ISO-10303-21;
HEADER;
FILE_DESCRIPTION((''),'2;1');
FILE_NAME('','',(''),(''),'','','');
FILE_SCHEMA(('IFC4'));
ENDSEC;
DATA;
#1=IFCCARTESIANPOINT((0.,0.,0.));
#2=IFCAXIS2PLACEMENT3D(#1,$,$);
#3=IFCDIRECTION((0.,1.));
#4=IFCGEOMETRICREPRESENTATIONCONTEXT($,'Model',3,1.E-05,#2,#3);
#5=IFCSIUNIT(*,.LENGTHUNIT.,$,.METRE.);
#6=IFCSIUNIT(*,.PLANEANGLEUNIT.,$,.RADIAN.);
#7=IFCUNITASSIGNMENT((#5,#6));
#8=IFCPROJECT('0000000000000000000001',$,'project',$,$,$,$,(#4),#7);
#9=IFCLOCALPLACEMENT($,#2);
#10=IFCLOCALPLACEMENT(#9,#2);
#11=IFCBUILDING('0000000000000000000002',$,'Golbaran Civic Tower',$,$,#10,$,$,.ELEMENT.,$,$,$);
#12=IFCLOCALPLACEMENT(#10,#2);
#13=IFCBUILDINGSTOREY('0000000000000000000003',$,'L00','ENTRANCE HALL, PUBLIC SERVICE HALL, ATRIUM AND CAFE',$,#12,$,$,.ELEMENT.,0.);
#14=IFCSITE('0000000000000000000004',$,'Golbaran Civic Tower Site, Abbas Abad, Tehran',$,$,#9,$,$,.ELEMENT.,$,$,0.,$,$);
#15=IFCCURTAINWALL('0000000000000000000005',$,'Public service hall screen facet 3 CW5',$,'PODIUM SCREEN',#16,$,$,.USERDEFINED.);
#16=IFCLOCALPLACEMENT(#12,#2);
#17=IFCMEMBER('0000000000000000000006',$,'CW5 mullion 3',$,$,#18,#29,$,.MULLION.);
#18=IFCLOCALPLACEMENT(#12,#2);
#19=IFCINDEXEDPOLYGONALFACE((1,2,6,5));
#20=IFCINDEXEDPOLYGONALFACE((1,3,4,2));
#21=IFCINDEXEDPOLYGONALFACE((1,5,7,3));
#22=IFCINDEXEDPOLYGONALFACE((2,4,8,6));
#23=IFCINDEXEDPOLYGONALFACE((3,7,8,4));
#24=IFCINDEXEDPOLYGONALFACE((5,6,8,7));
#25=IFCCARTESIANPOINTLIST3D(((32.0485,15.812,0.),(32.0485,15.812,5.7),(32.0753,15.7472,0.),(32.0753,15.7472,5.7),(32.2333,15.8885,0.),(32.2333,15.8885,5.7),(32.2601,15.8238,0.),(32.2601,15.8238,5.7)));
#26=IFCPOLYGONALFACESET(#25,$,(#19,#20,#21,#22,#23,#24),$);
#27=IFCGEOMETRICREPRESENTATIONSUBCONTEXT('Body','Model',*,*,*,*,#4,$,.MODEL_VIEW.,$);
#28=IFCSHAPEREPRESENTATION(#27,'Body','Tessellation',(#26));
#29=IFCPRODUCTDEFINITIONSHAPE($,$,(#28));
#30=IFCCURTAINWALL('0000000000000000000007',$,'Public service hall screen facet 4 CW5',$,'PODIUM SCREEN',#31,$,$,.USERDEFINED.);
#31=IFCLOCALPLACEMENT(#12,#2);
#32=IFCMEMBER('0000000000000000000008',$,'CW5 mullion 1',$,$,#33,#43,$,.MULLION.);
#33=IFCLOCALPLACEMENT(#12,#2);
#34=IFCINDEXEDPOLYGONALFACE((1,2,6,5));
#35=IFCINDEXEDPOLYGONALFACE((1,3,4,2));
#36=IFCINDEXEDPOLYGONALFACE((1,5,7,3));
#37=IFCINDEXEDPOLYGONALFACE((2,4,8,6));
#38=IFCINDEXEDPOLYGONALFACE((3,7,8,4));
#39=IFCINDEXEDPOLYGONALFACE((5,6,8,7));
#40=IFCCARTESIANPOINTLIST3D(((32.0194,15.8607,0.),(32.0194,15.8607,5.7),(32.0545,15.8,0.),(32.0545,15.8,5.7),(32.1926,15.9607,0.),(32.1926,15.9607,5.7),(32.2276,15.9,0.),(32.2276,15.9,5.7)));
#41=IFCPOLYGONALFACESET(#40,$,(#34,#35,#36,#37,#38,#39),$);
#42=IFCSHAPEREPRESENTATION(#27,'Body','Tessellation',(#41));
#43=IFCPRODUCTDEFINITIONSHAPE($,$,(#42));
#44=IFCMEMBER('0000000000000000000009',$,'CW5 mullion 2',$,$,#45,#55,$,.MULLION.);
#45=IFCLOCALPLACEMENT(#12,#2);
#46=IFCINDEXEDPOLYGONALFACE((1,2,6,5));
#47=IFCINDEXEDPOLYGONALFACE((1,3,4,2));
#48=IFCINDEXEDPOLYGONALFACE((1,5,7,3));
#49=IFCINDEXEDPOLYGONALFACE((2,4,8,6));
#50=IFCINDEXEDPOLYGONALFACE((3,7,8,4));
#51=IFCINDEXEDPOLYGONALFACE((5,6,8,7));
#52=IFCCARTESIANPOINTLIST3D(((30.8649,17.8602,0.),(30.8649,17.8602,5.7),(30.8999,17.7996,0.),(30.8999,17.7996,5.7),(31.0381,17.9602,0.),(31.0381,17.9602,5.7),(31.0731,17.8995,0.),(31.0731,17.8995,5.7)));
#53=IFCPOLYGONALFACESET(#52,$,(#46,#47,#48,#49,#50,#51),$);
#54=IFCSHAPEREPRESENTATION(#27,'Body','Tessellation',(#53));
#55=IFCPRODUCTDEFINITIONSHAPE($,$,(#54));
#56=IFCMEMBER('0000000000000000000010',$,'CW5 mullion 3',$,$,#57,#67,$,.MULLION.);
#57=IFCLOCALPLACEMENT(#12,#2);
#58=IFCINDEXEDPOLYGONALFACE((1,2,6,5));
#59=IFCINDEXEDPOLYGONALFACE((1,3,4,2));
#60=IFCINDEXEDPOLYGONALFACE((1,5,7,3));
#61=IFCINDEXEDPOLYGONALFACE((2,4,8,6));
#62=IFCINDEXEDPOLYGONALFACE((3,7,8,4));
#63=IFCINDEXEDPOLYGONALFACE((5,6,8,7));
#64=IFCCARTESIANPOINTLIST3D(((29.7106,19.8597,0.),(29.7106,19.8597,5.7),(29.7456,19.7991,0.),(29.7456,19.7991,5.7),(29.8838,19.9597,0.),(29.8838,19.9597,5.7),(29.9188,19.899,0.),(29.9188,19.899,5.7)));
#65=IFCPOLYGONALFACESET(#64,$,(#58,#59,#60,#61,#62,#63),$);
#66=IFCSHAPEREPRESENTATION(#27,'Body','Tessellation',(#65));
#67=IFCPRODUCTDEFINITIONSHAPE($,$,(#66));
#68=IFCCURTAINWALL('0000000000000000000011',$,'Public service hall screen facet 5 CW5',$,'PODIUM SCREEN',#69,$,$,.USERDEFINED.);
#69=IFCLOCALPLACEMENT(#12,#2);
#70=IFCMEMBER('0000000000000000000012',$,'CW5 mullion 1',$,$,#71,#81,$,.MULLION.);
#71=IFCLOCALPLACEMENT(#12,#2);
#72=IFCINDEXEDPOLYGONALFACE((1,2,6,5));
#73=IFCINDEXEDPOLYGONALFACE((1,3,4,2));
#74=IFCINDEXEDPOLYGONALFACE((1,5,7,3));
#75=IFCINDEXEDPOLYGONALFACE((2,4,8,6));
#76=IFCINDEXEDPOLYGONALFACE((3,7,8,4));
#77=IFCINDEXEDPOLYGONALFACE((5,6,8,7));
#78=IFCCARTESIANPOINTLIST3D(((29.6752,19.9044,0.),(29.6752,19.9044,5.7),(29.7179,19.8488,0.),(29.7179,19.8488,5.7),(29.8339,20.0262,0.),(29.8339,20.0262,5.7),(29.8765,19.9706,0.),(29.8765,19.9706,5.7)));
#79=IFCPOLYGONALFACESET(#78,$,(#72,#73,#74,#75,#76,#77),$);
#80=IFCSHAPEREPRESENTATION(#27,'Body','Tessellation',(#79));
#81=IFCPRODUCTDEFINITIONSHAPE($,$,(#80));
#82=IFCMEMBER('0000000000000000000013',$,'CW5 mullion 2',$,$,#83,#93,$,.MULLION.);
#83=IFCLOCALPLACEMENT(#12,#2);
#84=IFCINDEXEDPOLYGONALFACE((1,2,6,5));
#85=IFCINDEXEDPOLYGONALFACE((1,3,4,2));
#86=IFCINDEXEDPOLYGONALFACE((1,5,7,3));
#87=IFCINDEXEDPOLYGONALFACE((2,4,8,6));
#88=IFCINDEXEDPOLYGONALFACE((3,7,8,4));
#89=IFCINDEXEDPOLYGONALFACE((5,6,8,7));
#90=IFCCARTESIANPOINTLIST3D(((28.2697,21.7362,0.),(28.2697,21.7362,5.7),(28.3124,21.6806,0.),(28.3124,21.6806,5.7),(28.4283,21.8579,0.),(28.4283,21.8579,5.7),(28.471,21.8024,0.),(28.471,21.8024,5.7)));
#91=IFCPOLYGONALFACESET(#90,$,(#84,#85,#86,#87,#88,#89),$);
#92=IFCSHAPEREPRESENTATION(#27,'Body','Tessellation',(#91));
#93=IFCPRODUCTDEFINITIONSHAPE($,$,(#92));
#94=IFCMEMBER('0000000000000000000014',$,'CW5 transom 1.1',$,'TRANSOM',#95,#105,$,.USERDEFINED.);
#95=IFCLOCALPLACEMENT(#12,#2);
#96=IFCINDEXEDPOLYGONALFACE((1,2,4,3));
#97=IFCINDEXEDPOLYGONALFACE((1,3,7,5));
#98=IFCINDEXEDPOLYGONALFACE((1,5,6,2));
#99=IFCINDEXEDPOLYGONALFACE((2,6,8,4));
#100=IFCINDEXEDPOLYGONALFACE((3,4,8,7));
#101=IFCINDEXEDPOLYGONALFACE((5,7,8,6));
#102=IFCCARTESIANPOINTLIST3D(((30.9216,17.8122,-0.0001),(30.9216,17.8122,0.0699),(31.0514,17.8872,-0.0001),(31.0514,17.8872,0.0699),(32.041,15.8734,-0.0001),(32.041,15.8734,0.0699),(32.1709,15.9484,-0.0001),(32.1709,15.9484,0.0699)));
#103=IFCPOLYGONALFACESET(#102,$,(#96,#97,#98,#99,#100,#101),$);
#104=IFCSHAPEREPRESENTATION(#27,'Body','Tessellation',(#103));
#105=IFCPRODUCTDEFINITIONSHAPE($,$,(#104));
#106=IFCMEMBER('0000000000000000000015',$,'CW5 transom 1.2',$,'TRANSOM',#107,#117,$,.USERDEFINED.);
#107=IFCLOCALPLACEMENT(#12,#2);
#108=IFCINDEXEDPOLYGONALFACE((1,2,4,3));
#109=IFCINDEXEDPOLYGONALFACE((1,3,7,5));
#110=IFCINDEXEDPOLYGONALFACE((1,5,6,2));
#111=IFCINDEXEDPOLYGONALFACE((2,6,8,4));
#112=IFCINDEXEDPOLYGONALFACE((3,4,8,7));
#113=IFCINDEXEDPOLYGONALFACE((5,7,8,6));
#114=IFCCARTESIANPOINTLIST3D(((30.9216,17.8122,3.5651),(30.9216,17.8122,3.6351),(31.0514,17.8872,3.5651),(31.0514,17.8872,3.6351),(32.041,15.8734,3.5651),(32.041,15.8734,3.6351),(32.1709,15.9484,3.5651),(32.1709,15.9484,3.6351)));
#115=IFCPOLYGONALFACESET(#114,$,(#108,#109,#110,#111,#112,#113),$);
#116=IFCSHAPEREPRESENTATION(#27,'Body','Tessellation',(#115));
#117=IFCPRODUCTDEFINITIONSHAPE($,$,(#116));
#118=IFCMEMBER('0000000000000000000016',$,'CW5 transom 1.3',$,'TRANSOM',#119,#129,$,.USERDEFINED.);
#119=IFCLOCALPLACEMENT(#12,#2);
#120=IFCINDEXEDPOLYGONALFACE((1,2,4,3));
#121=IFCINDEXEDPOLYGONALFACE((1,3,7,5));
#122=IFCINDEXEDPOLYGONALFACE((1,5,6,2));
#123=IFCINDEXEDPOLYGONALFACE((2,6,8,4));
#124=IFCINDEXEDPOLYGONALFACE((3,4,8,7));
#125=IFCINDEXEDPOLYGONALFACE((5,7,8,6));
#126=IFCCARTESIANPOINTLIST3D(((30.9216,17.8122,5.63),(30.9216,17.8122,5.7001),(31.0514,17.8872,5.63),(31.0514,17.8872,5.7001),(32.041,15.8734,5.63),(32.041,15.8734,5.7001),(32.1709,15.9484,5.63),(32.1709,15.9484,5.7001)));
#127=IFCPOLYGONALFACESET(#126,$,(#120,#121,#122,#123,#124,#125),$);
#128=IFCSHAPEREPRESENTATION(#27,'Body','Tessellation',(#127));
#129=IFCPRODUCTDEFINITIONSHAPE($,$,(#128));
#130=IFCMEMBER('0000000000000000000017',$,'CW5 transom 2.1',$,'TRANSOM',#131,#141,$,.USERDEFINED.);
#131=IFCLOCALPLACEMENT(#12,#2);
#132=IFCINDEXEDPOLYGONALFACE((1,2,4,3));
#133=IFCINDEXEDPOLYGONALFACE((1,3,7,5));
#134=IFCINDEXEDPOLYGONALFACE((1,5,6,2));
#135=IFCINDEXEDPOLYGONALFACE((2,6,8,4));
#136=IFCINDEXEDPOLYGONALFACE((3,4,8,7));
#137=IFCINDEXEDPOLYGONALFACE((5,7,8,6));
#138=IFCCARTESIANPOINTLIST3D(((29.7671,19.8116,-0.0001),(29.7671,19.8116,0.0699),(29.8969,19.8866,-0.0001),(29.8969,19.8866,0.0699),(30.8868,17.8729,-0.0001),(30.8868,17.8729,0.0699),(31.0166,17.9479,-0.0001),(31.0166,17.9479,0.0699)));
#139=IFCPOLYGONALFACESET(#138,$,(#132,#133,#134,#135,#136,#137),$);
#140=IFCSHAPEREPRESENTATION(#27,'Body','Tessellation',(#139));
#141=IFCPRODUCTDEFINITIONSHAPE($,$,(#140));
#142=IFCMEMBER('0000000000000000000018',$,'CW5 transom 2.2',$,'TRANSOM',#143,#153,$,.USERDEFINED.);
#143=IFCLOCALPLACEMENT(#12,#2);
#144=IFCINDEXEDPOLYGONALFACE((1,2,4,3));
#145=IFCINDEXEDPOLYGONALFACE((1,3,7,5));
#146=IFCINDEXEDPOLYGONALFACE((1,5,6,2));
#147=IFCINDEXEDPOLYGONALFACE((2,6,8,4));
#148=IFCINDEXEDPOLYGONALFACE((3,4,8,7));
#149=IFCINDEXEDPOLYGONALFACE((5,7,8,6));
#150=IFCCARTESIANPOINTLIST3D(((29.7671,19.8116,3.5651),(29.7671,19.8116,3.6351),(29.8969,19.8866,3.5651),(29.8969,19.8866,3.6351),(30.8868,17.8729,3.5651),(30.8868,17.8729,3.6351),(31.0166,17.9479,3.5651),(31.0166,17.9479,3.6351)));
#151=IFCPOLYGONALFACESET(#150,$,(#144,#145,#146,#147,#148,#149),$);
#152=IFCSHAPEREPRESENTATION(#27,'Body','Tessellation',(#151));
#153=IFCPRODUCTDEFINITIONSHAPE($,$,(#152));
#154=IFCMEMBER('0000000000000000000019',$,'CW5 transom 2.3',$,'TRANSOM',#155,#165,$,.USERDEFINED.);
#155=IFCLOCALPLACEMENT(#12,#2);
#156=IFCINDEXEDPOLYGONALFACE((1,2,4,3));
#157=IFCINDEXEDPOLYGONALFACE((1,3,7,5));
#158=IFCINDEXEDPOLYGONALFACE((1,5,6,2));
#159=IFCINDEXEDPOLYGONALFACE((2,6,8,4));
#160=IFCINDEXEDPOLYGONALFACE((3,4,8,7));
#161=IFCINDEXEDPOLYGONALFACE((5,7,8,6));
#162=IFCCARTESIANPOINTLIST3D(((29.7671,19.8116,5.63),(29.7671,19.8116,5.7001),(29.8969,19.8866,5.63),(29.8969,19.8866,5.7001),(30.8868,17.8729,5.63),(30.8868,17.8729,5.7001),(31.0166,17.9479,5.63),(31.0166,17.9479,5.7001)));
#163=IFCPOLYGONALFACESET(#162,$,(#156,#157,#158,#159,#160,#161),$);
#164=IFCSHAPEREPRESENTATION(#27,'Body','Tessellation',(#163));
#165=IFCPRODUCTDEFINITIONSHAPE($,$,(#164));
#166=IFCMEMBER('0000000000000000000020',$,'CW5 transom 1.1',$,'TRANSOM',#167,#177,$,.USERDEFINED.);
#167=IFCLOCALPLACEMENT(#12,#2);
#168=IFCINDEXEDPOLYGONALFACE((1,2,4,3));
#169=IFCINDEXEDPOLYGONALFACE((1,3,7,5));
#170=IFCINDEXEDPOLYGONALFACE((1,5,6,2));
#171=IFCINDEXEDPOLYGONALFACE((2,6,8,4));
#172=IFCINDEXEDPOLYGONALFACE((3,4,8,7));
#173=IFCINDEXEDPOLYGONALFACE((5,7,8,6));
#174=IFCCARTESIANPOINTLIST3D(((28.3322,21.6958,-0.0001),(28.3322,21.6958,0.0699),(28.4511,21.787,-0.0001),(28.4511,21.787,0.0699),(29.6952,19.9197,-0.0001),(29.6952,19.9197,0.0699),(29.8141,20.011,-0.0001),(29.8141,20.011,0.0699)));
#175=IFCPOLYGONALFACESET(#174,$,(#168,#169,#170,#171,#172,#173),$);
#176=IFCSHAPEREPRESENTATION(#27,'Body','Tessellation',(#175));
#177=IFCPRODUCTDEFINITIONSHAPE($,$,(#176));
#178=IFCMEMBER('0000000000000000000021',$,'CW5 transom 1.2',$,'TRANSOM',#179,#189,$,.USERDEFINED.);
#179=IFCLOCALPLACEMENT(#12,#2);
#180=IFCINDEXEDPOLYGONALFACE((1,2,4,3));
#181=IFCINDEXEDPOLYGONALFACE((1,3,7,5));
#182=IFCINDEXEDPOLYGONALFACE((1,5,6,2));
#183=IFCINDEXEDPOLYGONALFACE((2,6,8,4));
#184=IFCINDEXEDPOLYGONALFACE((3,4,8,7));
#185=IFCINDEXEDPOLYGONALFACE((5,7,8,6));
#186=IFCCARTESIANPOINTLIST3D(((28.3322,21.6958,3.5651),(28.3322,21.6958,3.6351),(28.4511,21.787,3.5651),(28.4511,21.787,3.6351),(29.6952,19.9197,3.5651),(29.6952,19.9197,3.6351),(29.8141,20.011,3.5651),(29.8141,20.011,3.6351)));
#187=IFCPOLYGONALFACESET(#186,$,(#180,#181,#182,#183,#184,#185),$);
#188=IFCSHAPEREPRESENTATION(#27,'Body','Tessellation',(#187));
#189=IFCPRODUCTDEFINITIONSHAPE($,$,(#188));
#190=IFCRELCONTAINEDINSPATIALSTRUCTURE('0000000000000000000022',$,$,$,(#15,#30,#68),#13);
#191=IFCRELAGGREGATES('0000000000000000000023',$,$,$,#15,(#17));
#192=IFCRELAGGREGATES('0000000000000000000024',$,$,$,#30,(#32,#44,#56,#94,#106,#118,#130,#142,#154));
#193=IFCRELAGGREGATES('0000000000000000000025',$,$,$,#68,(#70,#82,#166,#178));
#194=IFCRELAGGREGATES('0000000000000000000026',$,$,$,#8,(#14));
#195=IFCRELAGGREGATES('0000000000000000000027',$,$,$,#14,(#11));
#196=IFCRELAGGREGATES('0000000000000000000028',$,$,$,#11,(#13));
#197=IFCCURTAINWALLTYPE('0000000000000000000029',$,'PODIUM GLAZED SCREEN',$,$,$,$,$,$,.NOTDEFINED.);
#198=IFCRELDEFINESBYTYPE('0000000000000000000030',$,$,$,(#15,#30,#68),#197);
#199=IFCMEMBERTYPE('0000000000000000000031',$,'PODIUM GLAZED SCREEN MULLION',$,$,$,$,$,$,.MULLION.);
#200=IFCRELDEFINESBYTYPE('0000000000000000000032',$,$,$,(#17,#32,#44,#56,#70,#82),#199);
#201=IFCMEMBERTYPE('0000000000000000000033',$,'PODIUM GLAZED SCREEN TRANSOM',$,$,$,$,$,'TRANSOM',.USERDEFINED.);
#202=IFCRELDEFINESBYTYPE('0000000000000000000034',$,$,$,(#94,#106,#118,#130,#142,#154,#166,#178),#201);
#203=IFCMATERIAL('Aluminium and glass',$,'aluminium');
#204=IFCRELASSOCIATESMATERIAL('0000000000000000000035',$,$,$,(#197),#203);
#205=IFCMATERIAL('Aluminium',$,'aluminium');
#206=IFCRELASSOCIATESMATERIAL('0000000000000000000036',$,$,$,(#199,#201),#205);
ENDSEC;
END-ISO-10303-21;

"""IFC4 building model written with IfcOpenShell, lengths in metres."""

from ifc_helpers import new_model, si_unit, direction, frame, origin, origin_2d, place, context, subcontext, project, spatial, rectangle, extrude, material, material_profile, profile_set, type_object, element, aggregate, save


model = new_model("IFC4")

# Units and contexts
model_context = context("Model", 3, precision=1e-05, world=origin(), true_north=direction((0.0, 1.0)))
body_context = subcontext(model_context, "Body", "Model", "MODEL_VIEW")
ifc_project = project(units=[si_unit("LENGTHUNIT", "METRE"), si_unit("PLANEANGLEUNIT", "RADIAN")], contexts=[model_context])

# Site, building, storey
site_placement = place(None, origin())
site = spatial("IfcSite", under=ifc_project, at=site_placement, Name="Golbaran Civic Tower Site, Abbas Abad, Tehran", CompositionType="ELEMENT", RefElevation=0.0)
building_placement = place(site_placement, origin())
building = spatial("IfcBuilding", under=site, at=building_placement, Name="Golbaran Civic Tower", CompositionType="ELEMENT")
storey_placement = place(building_placement, origin())
storey = spatial("IfcBuildingStorey", under=building, at=storey_placement, Name="L00", Description="ENTRANCE HALL, PUBLIC SERVICE HALL, ATRIUM AND CAFE", CompositionType="ELEMENT", Elevation=0.0)

# Curtain wall, member
ifc_material_1 = material(Name="Aluminium and glass", Category="aluminium")
curtain_wall_type = type_object("IfcCurtainWallType", Name="PODIUM GLAZED SCREEN", PredefinedType="NOTDEFINED", material=ifc_material_1)
curtain_wall_1_placement = place(storey_placement, origin())
curtain_wall_1 = element("IfcCurtainWall", 1, at=curtain_wall_1_placement, inside=storey, type_object=curtain_wall_type, Name="Public service hall screen facet 3 CW5", ObjectType="PODIUM SCREEN", PredefinedType="USERDEFINED")
ifc_material_2 = material(Name="Aluminium", Category="aluminium")
ifc_material_profile_1 = material_profile(ifc_material_2, rectangle(XDim=0.2, YDim=0.0701, at=origin_2d()), Name="PODIUM GLAZED SCREEN MULLION")
ifc_profile_set_1 = profile_set([ifc_material_profile_1], Name="Aluminium")
member_type_1 = type_object("IfcMemberType", Name="PODIUM GLAZED SCREEN MULLION", PredefinedType="MULLION", material=ifc_profile_set_1)
member_1_placement = place(storey_placement, frame((32.1543, 15.8179, 0.0), z_axis=(0.0, 0.0, 1.0), x_axis=(-0.92388, -0.382683, 0.0)))
member_1 = element("IfcMember", 2, at=member_1_placement, type_object=member_type_1, Name="CW5 mullion 3", PredefinedType="MULLION", context=body_context, shape_type="SweptSolid", body=[
    extrude(rectangle(XDim=0.2, YDim=0.0701, at=origin_2d()), origin(), (0.0, 0.0, 1.0), 5.7),
])

# Curtain walls, members
curtain_wall_2_placement = place(storey_placement, origin())
curtain_wall_2 = element("IfcCurtainWall", 3, at=curtain_wall_2_placement, inside=storey, type_object=curtain_wall_type, Name="Public service hall screen facet 4 CW5", ObjectType="PODIUM SCREEN", PredefinedType="USERDEFINED")
member_2_placement = place(storey_placement, frame((32.1235, 15.8804, 0.0), z_axis=(0.0, 0.0, 1.0), x_axis=(-0.866025, -0.5, 0.0)))
member_2 = element("IfcMember", 4, at=member_2_placement, type_object=member_type_1, Name="CW5 mullion 1", PredefinedType="MULLION", context=body_context, shape_type="SweptSolid", body=[
    extrude(rectangle(XDim=0.2, YDim=0.0701, at=origin_2d()), origin(), (0.0, 0.0, 1.0), 5.7),
])
member_3_placement = place(storey_placement, frame((30.969, 17.8799, 0.0), z_axis=(0.0, 0.0, 1.0), x_axis=(-0.866025, -0.5, 0.0)))
member_3 = element("IfcMember", 5, at=member_3_placement, type_object=member_type_1, Name="CW5 mullion 2", PredefinedType="MULLION", context=body_context, shape_type="SweptSolid", body=[
    extrude(rectangle(XDim=0.2, YDim=0.0701, at=origin_2d()), origin(), (0.0, 0.0, 1.0), 5.7),
])
member_4_placement = place(storey_placement, frame((29.8147, 19.8794, 0.0), z_axis=(0.0, 0.0, 1.0), x_axis=(-0.866025, -0.5, 0.0)))
member_4 = element("IfcMember", 6, at=member_4_placement, type_object=member_type_1, Name="CW5 mullion 3", PredefinedType="MULLION", context=body_context, shape_type="SweptSolid", body=[
    extrude(rectangle(XDim=0.2, YDim=0.0701, at=origin_2d()), origin(), (0.0, 0.0, 1.0), 5.7),
])
curtain_wall_3_placement = place(storey_placement, origin())
curtain_wall_3 = element("IfcCurtainWall", 7, at=curtain_wall_3_placement, inside=storey, type_object=curtain_wall_type, Name="Public service hall screen facet 5 CW5", ObjectType="PODIUM SCREEN", PredefinedType="USERDEFINED")
member_5_placement = place(storey_placement, frame((29.7759, 19.9375, 0.0), z_axis=(0.0, 0.0, 1.0), x_axis=(-0.793353, -0.608761, 0.0)))
member_5 = element("IfcMember", 8, at=member_5_placement, type_object=member_type_1, Name="CW5 mullion 1", PredefinedType="MULLION", context=body_context, shape_type="SweptSolid", body=[
    extrude(rectangle(XDim=0.2, YDim=0.0701, at=origin_2d()), origin(), (0.0, 0.0, 1.0), 5.7),
])
member_6_placement = place(storey_placement, frame((28.3704, 21.7693, 0.0), z_axis=(0.0, 0.0, 1.0), x_axis=(-0.793353, -0.608761, 0.0)))
member_6 = element("IfcMember", 9, at=member_6_placement, type_object=member_type_1, Name="CW5 mullion 2", PredefinedType="MULLION", context=body_context, shape_type="SweptSolid", body=[
    extrude(rectangle(XDim=0.2, YDim=0.0701, at=origin_2d()), origin(), (0.0, 0.0, 1.0), 5.7),
])

# Members
ifc_material_profile_2 = material_profile(ifc_material_2, rectangle(XDim=0.1499, YDim=0.0701, at=origin_2d()), Name="PODIUM GLAZED SCREEN TRANSOM")
ifc_profile_set_2 = profile_set([ifc_material_profile_2], Name="Aluminium")
member_type_2 = type_object("IfcMemberType", Name="PODIUM GLAZED SCREEN TRANSOM", ElementType="TRANSOM", PredefinedType="USERDEFINED", material=ifc_profile_set_2)
member_7_placement = place(storey_placement, frame((32.106, 15.9109, 0.0349), z_axis=(-0.500021, 0.866013, 0.0), x_axis=(-0.866013, -0.500021, 0.0)))
member_7 = element("IfcMember", 10, at=member_7_placement, type_object=member_type_2, Name="CW5 transom 1.1", ObjectType="TRANSOM", PredefinedType="USERDEFINED", context=body_context, shape_type="SweptSolid", body=[
    extrude(rectangle(XDim=0.1499, YDim=0.0701, at=origin_2d()), origin(), (0.0, 0.0, 1.0), 2.2388),
])
member_8_placement = place(storey_placement, frame((32.106, 15.9109, 3.6001), z_axis=(-0.500021, 0.866013, 0.0), x_axis=(-0.866013, -0.500021, 0.0)))
member_8 = element("IfcMember", 11, at=member_8_placement, type_object=member_type_2, Name="CW5 transom 1.2", ObjectType="TRANSOM", PredefinedType="USERDEFINED", context=body_context, shape_type="SweptSolid", body=[
    extrude(rectangle(XDim=0.1499, YDim=0.0701, at=origin_2d()), origin(), (0.0, 0.0, 1.0), 2.2388),
])
member_9_placement = place(storey_placement, frame((32.106, 15.9109, 5.665), z_axis=(-0.500021, 0.866013, 0.0), x_axis=(-0.866013, -0.500021, 0.0)))
member_9 = element("IfcMember", 12, at=member_9_placement, type_object=member_type_2, Name="CW5 transom 1.3", ObjectType="TRANSOM", PredefinedType="USERDEFINED", context=body_context, shape_type="SweptSolid", body=[
    extrude(rectangle(XDim=0.1499, YDim=0.0701, at=origin_2d()), origin(), (0.0, 0.0, 1.0), 2.2388),
])
member_10_placement = place(storey_placement, frame((30.9517, 17.9104, 0.0349), z_axis=(-0.500103, 0.865966, 0.0), x_axis=(-0.865966, -0.500103, 0.0)))
member_10 = element("IfcMember", 13, at=member_10_placement, type_object=member_type_2, Name="CW5 transom 2.1", ObjectType="TRANSOM", PredefinedType="USERDEFINED", context=body_context, shape_type="SweptSolid", body=[
    extrude(rectangle(XDim=0.1499, YDim=0.0701, at=origin_2d()), origin(), (0.0, 0.0, 1.0), 2.2388),
])
member_11_placement = place(storey_placement, frame((30.9517, 17.9104, 3.6001), z_axis=(-0.500103, 0.865966, 0.0), x_axis=(-0.865966, -0.500103, 0.0)))
member_11 = element("IfcMember", 14, at=member_11_placement, type_object=member_type_2, Name="CW5 transom 2.2", ObjectType="TRANSOM", PredefinedType="USERDEFINED", context=body_context, shape_type="SweptSolid", body=[
    extrude(rectangle(XDim=0.1499, YDim=0.0701, at=origin_2d()), origin(), (0.0, 0.0, 1.0), 2.2388),
])
member_12_placement = place(storey_placement, frame((30.9517, 17.9104, 5.665), z_axis=(-0.500103, 0.865966, 0.0), x_axis=(-0.865966, -0.500103, 0.0)))
member_12 = element("IfcMember", 15, at=member_12_placement, type_object=member_type_2, Name="CW5 transom 2.3", ObjectType="TRANSOM", PredefinedType="USERDEFINED", context=body_context, shape_type="SweptSolid", body=[
    extrude(rectangle(XDim=0.1499, YDim=0.0701, at=origin_2d()), origin(), (0.0, 0.0, 1.0), 2.2388),
])
member_13_placement = place(storey_placement, frame((29.7546, 19.9653, 0.0349), z_axis=(-0.608809, 0.793317, 0.0), x_axis=(-0.793317, -0.608809, 0.0)))
member_13 = element("IfcMember", 16, at=member_13_placement, type_object=member_type_2, Name="CW5 transom 1.1", ObjectType="TRANSOM", PredefinedType="USERDEFINED", context=body_context, shape_type="SweptSolid", body=[
    extrude(rectangle(XDim=0.1499, YDim=0.0701, at=origin_2d()), origin(), (0.0, 0.0, 1.0), 2.2388),
])
member_14_placement = place(storey_placement, frame((29.7546, 19.9653, 3.6001), z_axis=(-0.608809, 0.793317, 0.0), x_axis=(-0.793317, -0.608809, 0.0)))
member_14 = element("IfcMember", 17, at=member_14_placement, type_object=member_type_2, Name="CW5 transom 1.2", ObjectType="TRANSOM", PredefinedType="USERDEFINED", context=body_context, shape_type="SweptSolid", body=[
    extrude(rectangle(XDim=0.1499, YDim=0.0701, at=origin_2d()), origin(), (0.0, 0.0, 1.0), 2.2388),
])

aggregate(curtain_wall_1, [member_1])
aggregate(curtain_wall_2, [member_2, member_3, member_4, member_7, member_8, member_9, member_10, member_11, member_12])
aggregate(curtain_wall_3, [member_5, member_6, member_13, member_14])

save(model, "model.ifc")
